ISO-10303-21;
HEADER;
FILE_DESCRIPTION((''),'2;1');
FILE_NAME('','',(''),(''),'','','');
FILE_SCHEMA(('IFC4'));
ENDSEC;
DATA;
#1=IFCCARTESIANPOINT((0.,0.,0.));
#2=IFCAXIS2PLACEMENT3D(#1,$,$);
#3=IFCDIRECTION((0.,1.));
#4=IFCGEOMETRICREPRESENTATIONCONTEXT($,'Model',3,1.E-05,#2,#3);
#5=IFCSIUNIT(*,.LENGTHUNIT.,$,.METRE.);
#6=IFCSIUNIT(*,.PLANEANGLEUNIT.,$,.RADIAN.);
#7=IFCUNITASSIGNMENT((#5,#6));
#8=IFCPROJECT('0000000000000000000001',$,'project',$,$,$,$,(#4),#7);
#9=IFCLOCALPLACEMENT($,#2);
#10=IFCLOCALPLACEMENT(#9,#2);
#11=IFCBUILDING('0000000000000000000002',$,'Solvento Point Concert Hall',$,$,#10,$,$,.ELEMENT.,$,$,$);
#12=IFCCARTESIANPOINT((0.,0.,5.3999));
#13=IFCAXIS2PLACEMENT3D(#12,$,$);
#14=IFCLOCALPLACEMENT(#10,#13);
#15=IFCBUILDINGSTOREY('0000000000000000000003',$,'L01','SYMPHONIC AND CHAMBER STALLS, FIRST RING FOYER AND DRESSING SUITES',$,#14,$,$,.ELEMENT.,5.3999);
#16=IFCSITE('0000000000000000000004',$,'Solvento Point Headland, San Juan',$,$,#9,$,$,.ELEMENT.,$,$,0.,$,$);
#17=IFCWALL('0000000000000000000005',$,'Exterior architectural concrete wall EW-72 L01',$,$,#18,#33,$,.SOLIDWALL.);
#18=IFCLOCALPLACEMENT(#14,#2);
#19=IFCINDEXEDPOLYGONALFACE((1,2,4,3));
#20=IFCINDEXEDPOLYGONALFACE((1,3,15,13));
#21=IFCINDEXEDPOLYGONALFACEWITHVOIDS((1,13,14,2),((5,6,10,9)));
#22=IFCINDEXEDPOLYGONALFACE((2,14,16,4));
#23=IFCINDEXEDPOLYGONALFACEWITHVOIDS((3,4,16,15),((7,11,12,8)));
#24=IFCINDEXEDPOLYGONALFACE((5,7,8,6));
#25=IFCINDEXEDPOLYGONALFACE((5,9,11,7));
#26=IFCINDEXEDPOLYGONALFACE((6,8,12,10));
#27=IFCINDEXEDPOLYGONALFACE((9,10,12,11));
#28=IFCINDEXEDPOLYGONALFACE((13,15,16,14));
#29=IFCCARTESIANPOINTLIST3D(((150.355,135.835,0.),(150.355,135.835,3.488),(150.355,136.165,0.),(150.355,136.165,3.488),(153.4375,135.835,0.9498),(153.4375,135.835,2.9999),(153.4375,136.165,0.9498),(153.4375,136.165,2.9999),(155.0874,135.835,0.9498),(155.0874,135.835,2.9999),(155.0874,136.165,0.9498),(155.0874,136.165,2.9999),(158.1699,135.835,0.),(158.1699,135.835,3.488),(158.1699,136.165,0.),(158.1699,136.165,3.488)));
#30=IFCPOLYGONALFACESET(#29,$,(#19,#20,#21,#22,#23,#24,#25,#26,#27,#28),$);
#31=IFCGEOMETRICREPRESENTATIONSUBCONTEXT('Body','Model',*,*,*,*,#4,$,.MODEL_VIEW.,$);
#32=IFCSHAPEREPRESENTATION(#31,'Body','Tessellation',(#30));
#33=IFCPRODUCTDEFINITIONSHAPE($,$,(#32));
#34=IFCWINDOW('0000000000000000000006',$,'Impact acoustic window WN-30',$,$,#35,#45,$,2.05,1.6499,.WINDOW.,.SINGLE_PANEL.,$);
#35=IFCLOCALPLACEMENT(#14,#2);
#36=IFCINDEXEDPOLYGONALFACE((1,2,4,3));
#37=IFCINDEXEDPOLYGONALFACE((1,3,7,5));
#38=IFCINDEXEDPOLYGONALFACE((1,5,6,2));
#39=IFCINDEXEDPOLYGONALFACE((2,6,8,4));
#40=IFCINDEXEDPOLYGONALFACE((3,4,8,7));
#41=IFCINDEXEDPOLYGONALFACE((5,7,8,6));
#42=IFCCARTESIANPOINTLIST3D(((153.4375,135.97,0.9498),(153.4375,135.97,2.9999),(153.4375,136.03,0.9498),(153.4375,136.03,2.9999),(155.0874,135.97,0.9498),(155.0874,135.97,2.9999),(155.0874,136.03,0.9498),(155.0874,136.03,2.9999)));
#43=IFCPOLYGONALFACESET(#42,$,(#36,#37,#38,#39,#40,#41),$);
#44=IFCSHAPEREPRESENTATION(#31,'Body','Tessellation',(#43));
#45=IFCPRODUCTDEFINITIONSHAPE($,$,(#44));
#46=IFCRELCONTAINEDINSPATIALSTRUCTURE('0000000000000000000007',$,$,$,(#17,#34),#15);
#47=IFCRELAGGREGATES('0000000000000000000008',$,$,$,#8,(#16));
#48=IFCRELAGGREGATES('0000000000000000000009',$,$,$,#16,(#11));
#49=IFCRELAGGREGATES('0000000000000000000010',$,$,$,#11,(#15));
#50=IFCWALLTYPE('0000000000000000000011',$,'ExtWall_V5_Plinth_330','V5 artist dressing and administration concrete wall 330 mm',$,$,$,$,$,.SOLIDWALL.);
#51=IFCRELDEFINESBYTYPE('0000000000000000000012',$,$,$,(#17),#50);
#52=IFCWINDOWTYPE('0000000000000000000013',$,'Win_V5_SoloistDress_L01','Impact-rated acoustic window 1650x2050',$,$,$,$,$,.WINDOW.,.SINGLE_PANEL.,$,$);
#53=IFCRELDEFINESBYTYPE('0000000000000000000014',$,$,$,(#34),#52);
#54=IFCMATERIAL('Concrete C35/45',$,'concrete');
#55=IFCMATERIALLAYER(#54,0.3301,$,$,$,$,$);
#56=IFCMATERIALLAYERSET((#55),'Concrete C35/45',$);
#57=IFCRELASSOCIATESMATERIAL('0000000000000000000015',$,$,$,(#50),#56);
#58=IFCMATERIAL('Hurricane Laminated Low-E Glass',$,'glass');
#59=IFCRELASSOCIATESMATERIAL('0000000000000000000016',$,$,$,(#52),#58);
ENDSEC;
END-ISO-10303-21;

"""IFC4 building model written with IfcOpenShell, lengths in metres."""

from ifc_helpers import new_model, si_unit, direction, frame, frame_2d, origin, place, context, subcontext, project, spatial, rectangle, extrude, material, layer, layer_set, type_object, element, fill, save


model = new_model("IFC4")

# Units and contexts
model_context = context("Model", 3, precision=1e-05, world=origin(), true_north=direction((0.0, 1.0)))
body_context = subcontext(model_context, "Body", "Model", "MODEL_VIEW")
ifc_project = project(units=[si_unit("LENGTHUNIT", "METRE"), si_unit("PLANEANGLEUNIT", "RADIAN")], contexts=[model_context])

# Site, building, storey
site_placement = place(None, origin())
site = spatial("IfcSite", under=ifc_project, at=site_placement, Name="Solvento Point Headland, San Juan", CompositionType="ELEMENT", RefElevation=0.0)
building_placement = place(site_placement, origin())
building = spatial("IfcBuilding", under=site, at=building_placement, Name="Solvento Point Concert Hall", CompositionType="ELEMENT")
storey_placement = place(building_placement, frame((0.0, 0.0, 5.3999)))
storey = spatial("IfcBuildingStorey", under=building, at=storey_placement, Name="L01", Description="SYMPHONIC AND CHAMBER STALLS, FIRST RING FOYER AND DRESSING SUITES", CompositionType="ELEMENT", Elevation=5.3999)

# Wall, opening, window
ifc_material_1 = material(Name="Concrete C35/45", Category="concrete")
ifc_layer_1 = layer(ifc_material_1, 0.3301)
ifc_layer_set_1 = layer_set([ifc_layer_1], Name="Concrete C35/45")
wall_type_1 = type_object("IfcWallType", Name="ExtWall_V5_Plinth_330", Description="V5 artist dressing and administration concrete wall 330 mm", PredefinedType="SOLIDWALL", material=ifc_layer_set_1)
ifc_material_2 = material(Name="Hurricane Laminated Low-E Glass", Category="glass")
window_type = type_object("IfcWindowType", Name="Win_V5_SoloistDress_L01", Description="Impact-rated acoustic window 1650x2050", PartitioningType="SINGLE_PANEL", PredefinedType="WINDOW", material=ifc_material_2)
wall_1_placement = place(storey_placement, frame((150.355, 136.0, 0.0), z_axis=(0.0, 0.0, 1.0), x_axis=(1.0, 0.0, 0.0)))
wall_1 = element("IfcWall", 1, at=wall_1_placement, inside=storey, type_object=wall_type_1, Name="Exterior architectural concrete wall EW-72 L01", PredefinedType="SOLIDWALL", context=body_context, shape_type="SweptSolid", body=[
    extrude(rectangle(XDim=7.8149, YDim=0.3301, at=frame_2d((3.9075, 0.0))), origin(), (0.0, 0.0, 1.0), 3.488),
])
opening_1_placement = place(wall_1_placement, frame((3.0825, 0.0, 0.95)))
opening_1 = element("IfcOpeningElement", 2, at=opening_1_placement, cuts=wall_1, PredefinedType="OPENING", context=body_context, shape_type="SweptSolid", body=[
    extrude(rectangle(XDim=1.6499, YDim=2.05, at=frame_2d((0.825, 1.0249))), frame((0.0, 0.175, 0.0), z_axis=(0.0, -1.0, 0.0), x_axis=(1.0, 0.0, 0.0)), (0.0, 0.0, 1.0), 0.3501),
])
window_1_placement = place(opening_1_placement, origin())
window_1 = element("IfcWindow", 3, at=window_1_placement, inside=storey, type_object=window_type, Name="Impact acoustic window WN-30", OverallHeight=2.05, OverallWidth=1.6499, PartitioningType="SINGLE_PANEL", PredefinedType="WINDOW", context=body_context, shape_type="SweptSolid", body=[
    extrude(rectangle(XDim=1.6499, YDim=2.05, at=frame_2d((0.825, 1.0249))), frame((0.0, 0.03, 0.0), z_axis=(0.0, -1.0, 0.0), x_axis=(1.0, 0.0, 0.0)), (0.0, 0.0, 1.0), 0.0601),
])
fill(opening_1, window_1)

save(model, "model.ifc")
